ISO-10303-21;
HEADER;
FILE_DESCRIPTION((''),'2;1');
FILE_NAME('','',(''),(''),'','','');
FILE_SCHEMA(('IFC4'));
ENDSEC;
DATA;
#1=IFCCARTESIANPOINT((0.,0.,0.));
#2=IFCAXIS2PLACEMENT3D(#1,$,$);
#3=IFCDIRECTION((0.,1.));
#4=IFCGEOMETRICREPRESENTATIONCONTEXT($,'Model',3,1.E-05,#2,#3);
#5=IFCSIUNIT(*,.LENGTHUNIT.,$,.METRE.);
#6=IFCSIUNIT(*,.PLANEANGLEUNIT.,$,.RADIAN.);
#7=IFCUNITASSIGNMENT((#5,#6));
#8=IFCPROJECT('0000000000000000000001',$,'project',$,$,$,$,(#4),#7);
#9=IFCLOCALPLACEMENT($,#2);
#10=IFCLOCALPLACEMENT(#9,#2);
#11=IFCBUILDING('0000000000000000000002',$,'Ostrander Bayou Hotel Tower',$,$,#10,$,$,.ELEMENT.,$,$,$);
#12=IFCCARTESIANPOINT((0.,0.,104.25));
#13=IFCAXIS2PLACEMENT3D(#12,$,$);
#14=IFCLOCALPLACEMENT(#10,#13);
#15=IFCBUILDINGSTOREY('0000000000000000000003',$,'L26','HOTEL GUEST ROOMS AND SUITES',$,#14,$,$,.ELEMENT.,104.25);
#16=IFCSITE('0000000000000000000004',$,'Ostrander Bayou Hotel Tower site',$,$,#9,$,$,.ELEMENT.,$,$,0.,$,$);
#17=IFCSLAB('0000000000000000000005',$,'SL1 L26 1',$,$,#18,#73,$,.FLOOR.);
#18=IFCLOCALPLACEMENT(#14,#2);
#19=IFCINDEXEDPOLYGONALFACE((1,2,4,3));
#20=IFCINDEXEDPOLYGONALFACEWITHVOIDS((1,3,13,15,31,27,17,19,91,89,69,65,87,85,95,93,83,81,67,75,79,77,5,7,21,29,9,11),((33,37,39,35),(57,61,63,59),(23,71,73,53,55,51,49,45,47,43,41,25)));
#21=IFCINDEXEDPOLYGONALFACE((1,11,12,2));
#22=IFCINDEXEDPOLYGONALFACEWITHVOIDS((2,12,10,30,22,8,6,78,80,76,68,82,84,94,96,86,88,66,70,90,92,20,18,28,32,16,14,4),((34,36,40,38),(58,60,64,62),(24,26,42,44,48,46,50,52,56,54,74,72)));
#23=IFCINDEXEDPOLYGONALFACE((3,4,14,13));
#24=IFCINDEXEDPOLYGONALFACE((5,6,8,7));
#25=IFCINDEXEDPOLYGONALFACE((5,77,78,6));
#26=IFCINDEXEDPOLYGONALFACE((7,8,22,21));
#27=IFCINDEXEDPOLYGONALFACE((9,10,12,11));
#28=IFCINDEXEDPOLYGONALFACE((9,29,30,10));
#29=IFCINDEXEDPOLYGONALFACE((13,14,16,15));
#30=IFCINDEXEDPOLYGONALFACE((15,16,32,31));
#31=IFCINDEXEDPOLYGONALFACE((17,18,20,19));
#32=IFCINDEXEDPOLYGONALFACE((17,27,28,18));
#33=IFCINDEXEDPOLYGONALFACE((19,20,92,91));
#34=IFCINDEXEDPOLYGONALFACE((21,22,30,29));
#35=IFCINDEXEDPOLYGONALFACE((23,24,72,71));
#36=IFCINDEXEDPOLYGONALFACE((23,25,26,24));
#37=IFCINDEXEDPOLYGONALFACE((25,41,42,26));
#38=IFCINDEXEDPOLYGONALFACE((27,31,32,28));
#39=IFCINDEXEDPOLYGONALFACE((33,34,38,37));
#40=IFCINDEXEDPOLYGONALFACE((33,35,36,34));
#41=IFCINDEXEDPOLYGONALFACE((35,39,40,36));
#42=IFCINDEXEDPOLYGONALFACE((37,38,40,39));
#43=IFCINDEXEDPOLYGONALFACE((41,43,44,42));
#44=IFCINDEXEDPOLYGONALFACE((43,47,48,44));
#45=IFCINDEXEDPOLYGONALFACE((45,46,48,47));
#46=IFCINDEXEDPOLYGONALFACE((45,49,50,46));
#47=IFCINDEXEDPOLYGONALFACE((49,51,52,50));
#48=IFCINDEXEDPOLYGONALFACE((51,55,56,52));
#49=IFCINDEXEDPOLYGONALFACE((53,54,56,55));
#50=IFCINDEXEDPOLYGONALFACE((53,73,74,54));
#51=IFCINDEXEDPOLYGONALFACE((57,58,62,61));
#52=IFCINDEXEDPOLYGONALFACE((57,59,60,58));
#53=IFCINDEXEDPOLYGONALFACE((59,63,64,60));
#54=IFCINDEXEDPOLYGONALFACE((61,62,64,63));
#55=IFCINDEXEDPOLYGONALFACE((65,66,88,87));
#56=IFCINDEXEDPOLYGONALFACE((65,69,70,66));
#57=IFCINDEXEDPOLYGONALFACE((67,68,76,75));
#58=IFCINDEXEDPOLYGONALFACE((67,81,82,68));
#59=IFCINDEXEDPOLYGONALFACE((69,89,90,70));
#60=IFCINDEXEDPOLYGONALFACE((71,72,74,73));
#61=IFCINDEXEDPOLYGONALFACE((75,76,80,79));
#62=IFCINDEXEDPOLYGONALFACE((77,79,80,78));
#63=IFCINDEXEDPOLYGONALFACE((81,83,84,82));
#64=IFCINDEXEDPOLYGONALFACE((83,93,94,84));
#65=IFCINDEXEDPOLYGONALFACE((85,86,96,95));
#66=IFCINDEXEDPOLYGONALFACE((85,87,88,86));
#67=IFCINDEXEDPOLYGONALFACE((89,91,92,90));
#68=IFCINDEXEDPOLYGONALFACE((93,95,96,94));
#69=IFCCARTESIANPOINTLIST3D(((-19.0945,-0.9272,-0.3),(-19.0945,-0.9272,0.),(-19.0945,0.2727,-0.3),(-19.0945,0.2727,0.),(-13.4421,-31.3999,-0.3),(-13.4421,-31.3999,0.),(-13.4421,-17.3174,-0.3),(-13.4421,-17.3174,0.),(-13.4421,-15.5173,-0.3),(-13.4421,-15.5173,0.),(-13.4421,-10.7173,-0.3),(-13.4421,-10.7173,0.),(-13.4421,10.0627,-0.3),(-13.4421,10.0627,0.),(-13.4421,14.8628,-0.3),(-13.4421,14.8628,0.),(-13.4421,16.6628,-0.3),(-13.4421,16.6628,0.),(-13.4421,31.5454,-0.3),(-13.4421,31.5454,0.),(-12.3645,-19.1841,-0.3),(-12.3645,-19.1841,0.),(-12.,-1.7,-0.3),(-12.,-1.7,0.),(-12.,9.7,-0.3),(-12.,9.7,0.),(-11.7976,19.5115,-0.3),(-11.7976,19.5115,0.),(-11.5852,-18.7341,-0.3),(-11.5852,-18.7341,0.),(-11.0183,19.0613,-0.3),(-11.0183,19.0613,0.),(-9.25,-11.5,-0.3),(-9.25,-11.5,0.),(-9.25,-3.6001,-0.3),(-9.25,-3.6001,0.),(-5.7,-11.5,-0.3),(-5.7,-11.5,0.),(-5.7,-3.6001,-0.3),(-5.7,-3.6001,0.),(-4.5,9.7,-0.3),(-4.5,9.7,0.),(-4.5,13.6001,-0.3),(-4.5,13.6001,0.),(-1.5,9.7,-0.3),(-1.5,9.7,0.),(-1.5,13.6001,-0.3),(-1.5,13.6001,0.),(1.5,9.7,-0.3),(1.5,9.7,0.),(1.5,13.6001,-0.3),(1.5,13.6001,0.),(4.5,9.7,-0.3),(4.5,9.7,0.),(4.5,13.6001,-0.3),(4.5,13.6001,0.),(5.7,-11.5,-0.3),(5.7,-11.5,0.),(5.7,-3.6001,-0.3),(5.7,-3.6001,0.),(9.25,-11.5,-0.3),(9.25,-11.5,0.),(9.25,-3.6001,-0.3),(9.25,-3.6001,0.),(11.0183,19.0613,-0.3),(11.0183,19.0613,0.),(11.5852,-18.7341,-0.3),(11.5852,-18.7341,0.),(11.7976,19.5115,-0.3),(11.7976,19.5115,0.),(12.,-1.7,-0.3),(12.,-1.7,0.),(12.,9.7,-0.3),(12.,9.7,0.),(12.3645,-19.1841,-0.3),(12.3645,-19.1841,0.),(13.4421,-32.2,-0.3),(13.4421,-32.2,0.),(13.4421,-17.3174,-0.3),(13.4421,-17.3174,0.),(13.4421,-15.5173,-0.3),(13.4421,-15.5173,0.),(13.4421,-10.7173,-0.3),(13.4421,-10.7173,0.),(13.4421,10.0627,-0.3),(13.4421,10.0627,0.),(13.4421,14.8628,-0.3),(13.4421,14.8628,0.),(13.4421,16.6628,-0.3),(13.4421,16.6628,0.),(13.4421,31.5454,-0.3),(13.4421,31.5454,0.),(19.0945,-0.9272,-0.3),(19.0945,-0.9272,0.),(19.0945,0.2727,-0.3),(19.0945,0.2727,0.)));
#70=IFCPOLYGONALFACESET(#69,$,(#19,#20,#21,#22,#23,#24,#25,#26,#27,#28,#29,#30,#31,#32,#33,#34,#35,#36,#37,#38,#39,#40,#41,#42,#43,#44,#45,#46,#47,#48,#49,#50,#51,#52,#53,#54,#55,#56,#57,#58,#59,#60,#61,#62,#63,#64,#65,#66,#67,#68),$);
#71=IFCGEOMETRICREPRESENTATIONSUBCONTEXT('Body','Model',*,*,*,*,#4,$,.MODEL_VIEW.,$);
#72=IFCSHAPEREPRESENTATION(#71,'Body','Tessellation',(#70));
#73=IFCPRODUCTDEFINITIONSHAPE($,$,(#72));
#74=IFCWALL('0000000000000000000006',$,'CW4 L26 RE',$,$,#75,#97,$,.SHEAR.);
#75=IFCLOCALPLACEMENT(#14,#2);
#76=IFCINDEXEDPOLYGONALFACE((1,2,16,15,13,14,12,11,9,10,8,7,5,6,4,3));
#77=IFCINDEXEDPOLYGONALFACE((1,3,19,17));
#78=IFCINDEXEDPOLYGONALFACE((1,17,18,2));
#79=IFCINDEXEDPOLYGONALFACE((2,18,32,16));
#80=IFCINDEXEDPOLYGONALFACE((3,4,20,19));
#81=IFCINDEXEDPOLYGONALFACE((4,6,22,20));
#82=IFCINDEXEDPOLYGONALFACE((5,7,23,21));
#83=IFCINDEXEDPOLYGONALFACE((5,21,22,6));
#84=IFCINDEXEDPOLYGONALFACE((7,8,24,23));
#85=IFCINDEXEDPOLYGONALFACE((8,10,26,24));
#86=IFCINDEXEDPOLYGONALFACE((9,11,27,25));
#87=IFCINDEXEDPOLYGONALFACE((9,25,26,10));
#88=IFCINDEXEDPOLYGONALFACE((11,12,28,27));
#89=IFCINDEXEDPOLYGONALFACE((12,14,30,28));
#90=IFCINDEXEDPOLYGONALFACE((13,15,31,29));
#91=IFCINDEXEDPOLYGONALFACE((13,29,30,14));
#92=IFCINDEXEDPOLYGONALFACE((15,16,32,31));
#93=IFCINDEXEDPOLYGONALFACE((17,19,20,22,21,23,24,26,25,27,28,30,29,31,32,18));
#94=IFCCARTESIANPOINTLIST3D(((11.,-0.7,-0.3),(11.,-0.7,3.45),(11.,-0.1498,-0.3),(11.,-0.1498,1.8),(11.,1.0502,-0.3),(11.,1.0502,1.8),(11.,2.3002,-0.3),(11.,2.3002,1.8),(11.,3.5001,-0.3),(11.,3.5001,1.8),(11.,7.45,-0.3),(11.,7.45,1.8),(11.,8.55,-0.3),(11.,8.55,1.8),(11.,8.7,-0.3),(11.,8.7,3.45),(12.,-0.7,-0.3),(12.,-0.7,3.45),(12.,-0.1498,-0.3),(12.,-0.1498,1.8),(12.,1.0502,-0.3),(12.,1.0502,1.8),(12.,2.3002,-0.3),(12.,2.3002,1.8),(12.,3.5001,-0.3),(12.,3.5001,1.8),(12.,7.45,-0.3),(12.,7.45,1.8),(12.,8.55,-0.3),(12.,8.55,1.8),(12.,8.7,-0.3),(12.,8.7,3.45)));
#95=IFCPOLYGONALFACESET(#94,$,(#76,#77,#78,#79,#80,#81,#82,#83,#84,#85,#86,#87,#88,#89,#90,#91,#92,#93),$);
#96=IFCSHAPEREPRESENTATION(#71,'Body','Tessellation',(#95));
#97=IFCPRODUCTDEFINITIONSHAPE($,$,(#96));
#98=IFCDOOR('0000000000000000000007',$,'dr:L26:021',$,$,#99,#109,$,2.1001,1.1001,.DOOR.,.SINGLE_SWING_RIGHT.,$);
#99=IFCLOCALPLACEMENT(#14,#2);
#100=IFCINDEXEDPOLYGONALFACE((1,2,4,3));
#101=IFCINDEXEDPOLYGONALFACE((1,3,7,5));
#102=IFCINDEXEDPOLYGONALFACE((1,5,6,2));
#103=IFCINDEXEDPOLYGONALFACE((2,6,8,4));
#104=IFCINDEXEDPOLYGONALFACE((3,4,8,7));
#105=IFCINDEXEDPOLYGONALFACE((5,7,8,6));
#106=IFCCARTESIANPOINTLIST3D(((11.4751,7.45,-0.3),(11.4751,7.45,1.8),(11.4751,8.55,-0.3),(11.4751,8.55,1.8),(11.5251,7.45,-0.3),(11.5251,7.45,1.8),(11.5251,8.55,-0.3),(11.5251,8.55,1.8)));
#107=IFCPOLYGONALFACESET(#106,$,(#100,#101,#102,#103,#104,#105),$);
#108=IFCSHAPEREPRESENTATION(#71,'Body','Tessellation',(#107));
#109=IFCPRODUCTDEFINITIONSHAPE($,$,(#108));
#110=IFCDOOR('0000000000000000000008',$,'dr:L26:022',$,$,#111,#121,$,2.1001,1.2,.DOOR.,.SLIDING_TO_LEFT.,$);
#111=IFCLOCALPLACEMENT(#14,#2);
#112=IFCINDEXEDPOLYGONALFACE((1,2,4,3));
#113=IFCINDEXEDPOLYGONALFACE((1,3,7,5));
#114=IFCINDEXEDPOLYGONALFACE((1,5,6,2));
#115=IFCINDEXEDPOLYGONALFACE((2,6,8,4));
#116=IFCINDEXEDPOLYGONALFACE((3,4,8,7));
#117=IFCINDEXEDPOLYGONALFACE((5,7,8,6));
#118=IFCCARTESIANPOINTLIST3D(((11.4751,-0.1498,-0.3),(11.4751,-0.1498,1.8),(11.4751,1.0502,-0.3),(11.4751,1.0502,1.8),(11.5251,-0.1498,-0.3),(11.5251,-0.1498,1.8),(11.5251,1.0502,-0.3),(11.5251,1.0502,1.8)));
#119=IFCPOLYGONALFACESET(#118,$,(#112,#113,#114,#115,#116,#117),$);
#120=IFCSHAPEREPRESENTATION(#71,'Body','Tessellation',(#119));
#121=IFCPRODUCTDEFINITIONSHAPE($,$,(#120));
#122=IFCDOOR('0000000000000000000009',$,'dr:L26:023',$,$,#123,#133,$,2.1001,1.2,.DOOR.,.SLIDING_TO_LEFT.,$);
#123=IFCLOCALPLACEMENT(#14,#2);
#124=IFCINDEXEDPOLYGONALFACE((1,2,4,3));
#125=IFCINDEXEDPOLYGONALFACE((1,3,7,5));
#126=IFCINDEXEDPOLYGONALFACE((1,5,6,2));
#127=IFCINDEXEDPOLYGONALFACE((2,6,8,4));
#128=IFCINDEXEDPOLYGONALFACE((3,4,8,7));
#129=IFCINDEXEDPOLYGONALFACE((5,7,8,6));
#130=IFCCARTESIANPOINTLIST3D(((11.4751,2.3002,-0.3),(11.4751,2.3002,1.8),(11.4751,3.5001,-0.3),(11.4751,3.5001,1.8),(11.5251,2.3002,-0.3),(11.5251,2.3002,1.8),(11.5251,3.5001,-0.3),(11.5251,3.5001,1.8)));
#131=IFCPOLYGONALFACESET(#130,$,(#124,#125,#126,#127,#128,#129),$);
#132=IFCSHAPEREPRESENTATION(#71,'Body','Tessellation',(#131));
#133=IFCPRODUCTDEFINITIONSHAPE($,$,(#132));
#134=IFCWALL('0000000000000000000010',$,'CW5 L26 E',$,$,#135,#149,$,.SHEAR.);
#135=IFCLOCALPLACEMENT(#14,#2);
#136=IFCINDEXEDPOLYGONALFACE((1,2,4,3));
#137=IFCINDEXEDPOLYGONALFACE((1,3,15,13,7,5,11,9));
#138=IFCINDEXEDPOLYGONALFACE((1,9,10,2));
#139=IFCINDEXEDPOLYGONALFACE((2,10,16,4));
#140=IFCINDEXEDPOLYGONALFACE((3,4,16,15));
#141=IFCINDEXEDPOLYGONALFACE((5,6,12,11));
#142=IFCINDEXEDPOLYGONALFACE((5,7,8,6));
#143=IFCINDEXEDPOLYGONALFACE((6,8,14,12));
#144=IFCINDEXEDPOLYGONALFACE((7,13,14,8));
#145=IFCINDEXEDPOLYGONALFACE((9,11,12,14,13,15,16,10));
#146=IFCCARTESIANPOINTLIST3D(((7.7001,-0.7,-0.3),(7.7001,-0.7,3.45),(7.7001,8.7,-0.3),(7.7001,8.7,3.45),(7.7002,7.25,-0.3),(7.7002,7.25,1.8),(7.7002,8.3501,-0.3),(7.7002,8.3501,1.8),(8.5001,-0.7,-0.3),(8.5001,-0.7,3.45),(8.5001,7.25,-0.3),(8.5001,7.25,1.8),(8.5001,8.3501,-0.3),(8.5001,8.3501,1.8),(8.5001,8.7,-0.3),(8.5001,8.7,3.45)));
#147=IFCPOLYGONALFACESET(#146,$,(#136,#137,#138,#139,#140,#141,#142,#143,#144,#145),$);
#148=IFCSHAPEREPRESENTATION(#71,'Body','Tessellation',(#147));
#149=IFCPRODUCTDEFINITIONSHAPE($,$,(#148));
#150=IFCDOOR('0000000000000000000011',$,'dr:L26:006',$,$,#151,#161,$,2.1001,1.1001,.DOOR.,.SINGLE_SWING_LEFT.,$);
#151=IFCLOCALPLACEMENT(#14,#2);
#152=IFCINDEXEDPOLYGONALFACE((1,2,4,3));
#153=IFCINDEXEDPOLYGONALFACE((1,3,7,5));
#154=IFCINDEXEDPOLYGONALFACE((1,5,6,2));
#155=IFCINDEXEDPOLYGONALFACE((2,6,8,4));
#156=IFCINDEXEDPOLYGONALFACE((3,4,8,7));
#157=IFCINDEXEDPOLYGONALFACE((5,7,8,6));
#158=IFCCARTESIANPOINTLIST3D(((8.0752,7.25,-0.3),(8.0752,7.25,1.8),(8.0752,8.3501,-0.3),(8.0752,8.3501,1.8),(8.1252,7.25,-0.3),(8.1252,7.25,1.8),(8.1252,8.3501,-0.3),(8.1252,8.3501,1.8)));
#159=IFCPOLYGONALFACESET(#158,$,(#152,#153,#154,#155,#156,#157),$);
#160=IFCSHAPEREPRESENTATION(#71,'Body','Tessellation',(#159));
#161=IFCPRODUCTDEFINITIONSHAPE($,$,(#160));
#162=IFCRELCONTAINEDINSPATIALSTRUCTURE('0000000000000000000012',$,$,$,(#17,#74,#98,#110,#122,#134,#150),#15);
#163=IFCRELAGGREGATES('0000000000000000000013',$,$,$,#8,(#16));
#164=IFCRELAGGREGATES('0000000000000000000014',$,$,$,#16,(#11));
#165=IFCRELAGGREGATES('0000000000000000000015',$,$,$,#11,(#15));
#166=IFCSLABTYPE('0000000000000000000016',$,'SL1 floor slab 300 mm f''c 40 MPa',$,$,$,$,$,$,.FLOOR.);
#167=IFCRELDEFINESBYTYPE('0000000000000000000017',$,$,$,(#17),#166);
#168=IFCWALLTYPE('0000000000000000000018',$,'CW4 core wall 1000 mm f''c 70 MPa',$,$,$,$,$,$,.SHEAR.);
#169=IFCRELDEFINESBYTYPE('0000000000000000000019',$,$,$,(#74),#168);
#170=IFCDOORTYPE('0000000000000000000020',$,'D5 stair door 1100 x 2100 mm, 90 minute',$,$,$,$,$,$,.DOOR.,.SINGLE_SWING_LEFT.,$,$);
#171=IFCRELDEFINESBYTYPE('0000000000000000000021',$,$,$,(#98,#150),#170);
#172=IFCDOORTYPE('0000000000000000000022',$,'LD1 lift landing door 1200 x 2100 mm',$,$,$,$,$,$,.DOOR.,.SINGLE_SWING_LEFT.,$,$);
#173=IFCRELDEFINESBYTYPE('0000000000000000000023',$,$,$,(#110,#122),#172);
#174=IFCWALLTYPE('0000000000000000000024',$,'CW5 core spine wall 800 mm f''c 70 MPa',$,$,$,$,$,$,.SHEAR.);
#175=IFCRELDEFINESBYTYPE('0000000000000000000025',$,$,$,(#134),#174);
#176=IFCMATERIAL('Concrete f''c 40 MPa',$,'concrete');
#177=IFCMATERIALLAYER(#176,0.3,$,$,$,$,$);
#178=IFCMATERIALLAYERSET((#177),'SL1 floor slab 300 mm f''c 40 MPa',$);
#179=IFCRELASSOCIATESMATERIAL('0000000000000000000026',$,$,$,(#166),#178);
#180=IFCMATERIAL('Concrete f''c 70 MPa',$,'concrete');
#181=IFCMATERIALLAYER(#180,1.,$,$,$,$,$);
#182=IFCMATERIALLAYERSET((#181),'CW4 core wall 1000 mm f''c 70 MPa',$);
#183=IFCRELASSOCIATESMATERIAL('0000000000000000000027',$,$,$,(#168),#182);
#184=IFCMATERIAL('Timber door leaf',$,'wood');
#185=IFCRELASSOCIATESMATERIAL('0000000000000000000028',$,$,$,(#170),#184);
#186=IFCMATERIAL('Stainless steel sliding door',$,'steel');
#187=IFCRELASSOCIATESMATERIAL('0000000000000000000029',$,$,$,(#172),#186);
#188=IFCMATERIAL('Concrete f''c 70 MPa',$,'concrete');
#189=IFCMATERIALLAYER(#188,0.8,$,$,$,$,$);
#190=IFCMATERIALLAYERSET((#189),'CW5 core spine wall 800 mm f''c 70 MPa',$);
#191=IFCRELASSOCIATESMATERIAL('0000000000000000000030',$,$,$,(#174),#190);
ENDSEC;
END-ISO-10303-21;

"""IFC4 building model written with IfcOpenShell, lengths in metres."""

from ifc_helpers import new_model, si_unit, direction, frame, frame_2d, origin, place, context, subcontext, project, spatial, polyline, rectangle, outline, extrude, material, layer, layer_set, type_object, element, fill, save


model = new_model("IFC4")

# Units and contexts
model_context = context("Model", 3, precision=1e-05, world=origin(), true_north=direction((0.0, 1.0)))
body_context = subcontext(model_context, "Body", "Model", "MODEL_VIEW")
ifc_project = project(units=[si_unit("LENGTHUNIT", "METRE"), si_unit("PLANEANGLEUNIT", "RADIAN")], contexts=[model_context])

# Site, building, storey
site_placement = place(None, origin())
site = spatial("IfcSite", under=ifc_project, at=site_placement, Name="Ostrander Bayou Hotel Tower site", CompositionType="ELEMENT", RefElevation=0.0)
building_placement = place(site_placement, origin())
building = spatial("IfcBuilding", under=site, at=building_placement, Name="Ostrander Bayou Hotel Tower", CompositionType="ELEMENT")
storey_placement = place(building_placement, frame((0.0, 0.0, 104.25)))
storey = spatial("IfcBuildingStorey", under=building, at=storey_placement, Name="L26", Description="HOTEL GUEST ROOMS AND SUITES", CompositionType="ELEMENT", Elevation=104.25)

# Slab
ifc_material_1 = material(Name="Concrete f'c 40 MPa", Category="concrete")
ifc_layer_1 = layer(ifc_material_1, 0.3)
ifc_layer_set_1 = layer_set([ifc_layer_1], Name="SL1 floor slab 300 mm f'c 40 MPa")
slab_type = type_object("IfcSlabType", Name="SL1 floor slab 300 mm f'c 40 MPa", PredefinedType="FLOOR", material=ifc_layer_set_1)
slab_placement = place(storey_placement, frame((0.0, 0.0, -0.3)))
element("IfcSlab", 1, at=slab_placement, inside=storey, type_object=slab_type, Name="SL1 L26 1", PredefinedType="FLOOR", context=body_context, shape_type="SweptSolid", body=[
    extrude(outline(polyline([(-12.3645, -19.1841), (-11.5852, -18.7341), (-13.4421, -15.5173), (-13.4421, -10.7173), (-19.0945, -0.9272), (-19.0945, 0.2727), (-13.4421, 10.0627), (-13.4421, 14.8628), (-11.0183, 19.0613), (-11.7976, 19.5115), (-13.4421, 16.6628), (-13.4421, 31.5454), (13.4421, 31.5454), (13.4421, 16.6628), (11.7976, 19.5115), (11.0183, 19.0613), (13.4421, 14.8628), (13.4421, 10.0627), (19.0945, 0.2727), (19.0945, -0.9272), (13.4421, -10.7173), (13.4421, -15.5173), (11.5852, -18.7341), (12.3645, -19.1841), (13.4421, -17.3174), (13.4421, -32.2), (-13.4421, -31.3999), (-13.4421, -17.3174), (-12.3645, -19.1841)]), holes=[polyline([(-12.0, -1.7), (12.0, -1.7), (12.0, 9.7), (4.5, 9.7), (4.5, 13.6001), (1.5, 13.6001), (1.5, 9.7), (-1.5, 9.7), (-1.5, 13.6001), (-4.5, 13.6001), (-4.5, 9.7), (-12.0, 9.7), (-12.0, -1.7)]), polyline([(9.25, -3.6001), (5.7, -3.6001), (5.7, -11.5), (9.25, -11.5), (9.25, -3.6001)]), polyline([(-5.7, -3.6001), (-9.25, -3.6001), (-9.25, -11.5), (-5.7, -11.5), (-5.7, -3.6001)])]), origin(), (0.0, 0.0, 1.0), 0.3),
])

# Wall, openings, doors
ifc_material_2 = material(Name="Concrete f'c 70 MPa", Category="concrete")
ifc_layer_2 = layer(ifc_material_2, 1.0)
ifc_layer_set_2 = layer_set([ifc_layer_2], Name="CW4 core wall 1000 mm f'c 70 MPa")
wall_type_1 = type_object("IfcWallType", Name="CW4 core wall 1000 mm f'c 70 MPa", PredefinedType="SHEAR", material=ifc_layer_set_2)
wall_1_placement = place(storey_placement, frame((11.5, -0.7, -0.3), z_axis=(0.0, 0.0, 1.0), x_axis=(0.0, 1.0, 0.0)))
wall_1 = element("IfcWall", 2, at=wall_1_placement, inside=storey, type_object=wall_type_1, Name="CW4 L26 RE", PredefinedType="SHEAR", context=body_context, shape_type="SweptSolid", body=[
    extrude(rectangle(XDim=9.3999, YDim=1.0, at=frame_2d((4.7, 0.0))), origin(), (0.0, 0.0, 1.0), 3.75),
])
opening_1_placement = place(wall_1_placement, frame((8.1499, 0.0, 0.0)))
opening_1 = element("IfcOpeningElement", 3, at=opening_1_placement, cuts=wall_1, PredefinedType="OPENING", context=body_context, shape_type="SweptSolid", body=[
    extrude(rectangle(XDim=1.1001, YDim=2.1001, at=frame_2d((0.55, 1.05))), frame((0.0, 0.5, 0.0), z_axis=(0.0, -1.0, 0.0), x_axis=(1.0, 0.0, 0.0)), (0.0, 0.0, 1.0), 1.0),
])
opening_2_placement = place(wall_1_placement, frame((0.55, 0.0, 0.0)))
opening_2 = element("IfcOpeningElement", 4, at=opening_2_placement, cuts=wall_1, PredefinedType="OPENING", context=body_context, shape_type="SweptSolid", body=[
    extrude(rectangle(XDim=1.2, YDim=2.1001, at=frame_2d((0.6001, 1.05))), frame((0.0, 0.5, 0.0), z_axis=(0.0, -1.0, 0.0), x_axis=(1.0, 0.0, 0.0)), (0.0, 0.0, 1.0), 1.0),
])
opening_3_placement = place(wall_1_placement, frame((3.0, 0.0, 0.0)))
opening_3 = element("IfcOpeningElement", 5, at=opening_3_placement, cuts=wall_1, PredefinedType="OPENING", context=body_context, shape_type="SweptSolid", body=[
    extrude(rectangle(XDim=1.2, YDim=2.1001, at=frame_2d((0.6001, 1.05))), frame((0.0, 0.5, 0.0), z_axis=(0.0, -1.0, 0.0), x_axis=(1.0, 0.0, 0.0)), (0.0, 0.0, 1.0), 1.0),
])
ifc_material_3 = material(Name="Timber door leaf", Category="wood")
door_type_1 = type_object("IfcDoorType", Name="D5 stair door 1100 x 2100 mm, 90 minute", OperationType="SINGLE_SWING_LEFT", PredefinedType="DOOR", material=ifc_material_3)
door_1_placement = place(opening_1_placement, origin())
door_1 = element("IfcDoor", 6, at=door_1_placement, inside=storey, type_object=door_type_1, Name="dr:L26:021", OperationType="SINGLE_SWING_RIGHT", OverallHeight=2.1001, OverallWidth=1.1001, PredefinedType="DOOR", context=body_context, shape_type="SweptSolid", body=[
    extrude(rectangle(XDim=1.1001, YDim=2.1001, at=frame_2d((0.55, 1.05))), frame((0.0, 0.0249, 0.0), z_axis=(0.0, -1.0, 0.0), x_axis=(1.0, 0.0, 0.0)), (0.0, 0.0, 1.0), 0.05),
])
fill(opening_1, door_1)
ifc_material_4 = material(Name="Stainless steel sliding door", Category="steel")
door_type_2 = type_object("IfcDoorType", Name="LD1 lift landing door 1200 x 2100 mm", OperationType="SINGLE_SWING_LEFT", PredefinedType="DOOR", material=ifc_material_4)
door_2_placement = place(opening_2_placement, origin())
door_2 = element("IfcDoor", 7, at=door_2_placement, inside=storey, type_object=door_type_2, Name="dr:L26:022", OperationType="SLIDING_TO_LEFT", OverallHeight=2.1001, OverallWidth=1.2, PredefinedType="DOOR", context=body_context, shape_type="SweptSolid", body=[
    extrude(rectangle(XDim=1.2, YDim=2.1001, at=frame_2d((0.6001, 1.05))), frame((0.0, 0.0249, 0.0), z_axis=(0.0, -1.0, 0.0), x_axis=(1.0, 0.0, 0.0)), (0.0, 0.0, 1.0), 0.05),
])
fill(opening_2, door_2)
door_3_placement = place(opening_3_placement, origin())
door_3 = element("IfcDoor", 8, at=door_3_placement, inside=storey, type_object=door_type_2, Name="dr:L26:023", OperationType="SLIDING_TO_LEFT", OverallHeight=2.1001, OverallWidth=1.2, PredefinedType="DOOR", context=body_context, shape_type="SweptSolid", body=[
    extrude(rectangle(XDim=1.2, YDim=2.1001, at=frame_2d((0.6001, 1.05))), frame((0.0, 0.0249, 0.0), z_axis=(0.0, -1.0, 0.0), x_axis=(1.0, 0.0, 0.0)), (0.0, 0.0, 1.0), 0.05),
])
fill(opening_3, door_3)

# Wall, opening, door
ifc_material_5 = material(Name="Concrete f'c 70 MPa", Category="concrete")
ifc_layer_3 = layer(ifc_material_5, 0.8)
ifc_layer_set_3 = layer_set([ifc_layer_3], Name="CW5 core spine wall 800 mm f'c 70 MPa")
wall_type_2 = type_object("IfcWallType", Name="CW5 core spine wall 800 mm f'c 70 MPa", PredefinedType="SHEAR", material=ifc_layer_set_3)
wall_2_placement = place(storey_placement, frame((8.1001, -0.7, -0.3), z_axis=(0.0, 0.0, 1.0), x_axis=(0.0, 1.0, 0.0)))
wall_2 = element("IfcWall", 9, at=wall_2_placement, inside=storey, type_object=wall_type_2, Name="CW5 L26 E", PredefinedType="SHEAR", context=body_context, shape_type="SweptSolid", body=[
    extrude(rectangle(XDim=9.3999, YDim=0.8, at=frame_2d((4.7, 0.0))), origin(), (0.0, 0.0, 1.0), 3.75),
])
opening_4_placement = place(wall_2_placement, frame((7.95, 0.0, 0.0)))
opening_4 = element("IfcOpeningElement", 10, at=opening_4_placement, cuts=wall_2, PredefinedType="OPENING", context=body_context, shape_type="SweptSolid", body=[
    extrude(rectangle(XDim=1.1001, YDim=2.1001, at=frame_2d((0.55, 1.05))), frame((0.0, 0.3999, 0.0), z_axis=(0.0, -1.0, 0.0), x_axis=(1.0, 0.0, 0.0)), (0.0, 0.0, 1.0), 0.8),
])
door_4_placement = place(opening_4_placement, origin())
door_4 = element("IfcDoor", 11, at=door_4_placement, inside=storey, type_object=door_type_1, Name="dr:L26:006", OperationType="SINGLE_SWING_LEFT", OverallHeight=2.1001, OverallWidth=1.1001, PredefinedType="DOOR", context=body_context, shape_type="SweptSolid", body=[
    extrude(rectangle(XDim=1.1001, YDim=2.1001, at=frame_2d((0.55, 1.05))), frame((0.0, 0.0249, 0.0), z_axis=(0.0, -1.0, 0.0), x_axis=(1.0, 0.0, 0.0)), (0.0, 0.0, 1.0), 0.05),
])
fill(opening_4, door_4)

save(model, "model.ifc")
